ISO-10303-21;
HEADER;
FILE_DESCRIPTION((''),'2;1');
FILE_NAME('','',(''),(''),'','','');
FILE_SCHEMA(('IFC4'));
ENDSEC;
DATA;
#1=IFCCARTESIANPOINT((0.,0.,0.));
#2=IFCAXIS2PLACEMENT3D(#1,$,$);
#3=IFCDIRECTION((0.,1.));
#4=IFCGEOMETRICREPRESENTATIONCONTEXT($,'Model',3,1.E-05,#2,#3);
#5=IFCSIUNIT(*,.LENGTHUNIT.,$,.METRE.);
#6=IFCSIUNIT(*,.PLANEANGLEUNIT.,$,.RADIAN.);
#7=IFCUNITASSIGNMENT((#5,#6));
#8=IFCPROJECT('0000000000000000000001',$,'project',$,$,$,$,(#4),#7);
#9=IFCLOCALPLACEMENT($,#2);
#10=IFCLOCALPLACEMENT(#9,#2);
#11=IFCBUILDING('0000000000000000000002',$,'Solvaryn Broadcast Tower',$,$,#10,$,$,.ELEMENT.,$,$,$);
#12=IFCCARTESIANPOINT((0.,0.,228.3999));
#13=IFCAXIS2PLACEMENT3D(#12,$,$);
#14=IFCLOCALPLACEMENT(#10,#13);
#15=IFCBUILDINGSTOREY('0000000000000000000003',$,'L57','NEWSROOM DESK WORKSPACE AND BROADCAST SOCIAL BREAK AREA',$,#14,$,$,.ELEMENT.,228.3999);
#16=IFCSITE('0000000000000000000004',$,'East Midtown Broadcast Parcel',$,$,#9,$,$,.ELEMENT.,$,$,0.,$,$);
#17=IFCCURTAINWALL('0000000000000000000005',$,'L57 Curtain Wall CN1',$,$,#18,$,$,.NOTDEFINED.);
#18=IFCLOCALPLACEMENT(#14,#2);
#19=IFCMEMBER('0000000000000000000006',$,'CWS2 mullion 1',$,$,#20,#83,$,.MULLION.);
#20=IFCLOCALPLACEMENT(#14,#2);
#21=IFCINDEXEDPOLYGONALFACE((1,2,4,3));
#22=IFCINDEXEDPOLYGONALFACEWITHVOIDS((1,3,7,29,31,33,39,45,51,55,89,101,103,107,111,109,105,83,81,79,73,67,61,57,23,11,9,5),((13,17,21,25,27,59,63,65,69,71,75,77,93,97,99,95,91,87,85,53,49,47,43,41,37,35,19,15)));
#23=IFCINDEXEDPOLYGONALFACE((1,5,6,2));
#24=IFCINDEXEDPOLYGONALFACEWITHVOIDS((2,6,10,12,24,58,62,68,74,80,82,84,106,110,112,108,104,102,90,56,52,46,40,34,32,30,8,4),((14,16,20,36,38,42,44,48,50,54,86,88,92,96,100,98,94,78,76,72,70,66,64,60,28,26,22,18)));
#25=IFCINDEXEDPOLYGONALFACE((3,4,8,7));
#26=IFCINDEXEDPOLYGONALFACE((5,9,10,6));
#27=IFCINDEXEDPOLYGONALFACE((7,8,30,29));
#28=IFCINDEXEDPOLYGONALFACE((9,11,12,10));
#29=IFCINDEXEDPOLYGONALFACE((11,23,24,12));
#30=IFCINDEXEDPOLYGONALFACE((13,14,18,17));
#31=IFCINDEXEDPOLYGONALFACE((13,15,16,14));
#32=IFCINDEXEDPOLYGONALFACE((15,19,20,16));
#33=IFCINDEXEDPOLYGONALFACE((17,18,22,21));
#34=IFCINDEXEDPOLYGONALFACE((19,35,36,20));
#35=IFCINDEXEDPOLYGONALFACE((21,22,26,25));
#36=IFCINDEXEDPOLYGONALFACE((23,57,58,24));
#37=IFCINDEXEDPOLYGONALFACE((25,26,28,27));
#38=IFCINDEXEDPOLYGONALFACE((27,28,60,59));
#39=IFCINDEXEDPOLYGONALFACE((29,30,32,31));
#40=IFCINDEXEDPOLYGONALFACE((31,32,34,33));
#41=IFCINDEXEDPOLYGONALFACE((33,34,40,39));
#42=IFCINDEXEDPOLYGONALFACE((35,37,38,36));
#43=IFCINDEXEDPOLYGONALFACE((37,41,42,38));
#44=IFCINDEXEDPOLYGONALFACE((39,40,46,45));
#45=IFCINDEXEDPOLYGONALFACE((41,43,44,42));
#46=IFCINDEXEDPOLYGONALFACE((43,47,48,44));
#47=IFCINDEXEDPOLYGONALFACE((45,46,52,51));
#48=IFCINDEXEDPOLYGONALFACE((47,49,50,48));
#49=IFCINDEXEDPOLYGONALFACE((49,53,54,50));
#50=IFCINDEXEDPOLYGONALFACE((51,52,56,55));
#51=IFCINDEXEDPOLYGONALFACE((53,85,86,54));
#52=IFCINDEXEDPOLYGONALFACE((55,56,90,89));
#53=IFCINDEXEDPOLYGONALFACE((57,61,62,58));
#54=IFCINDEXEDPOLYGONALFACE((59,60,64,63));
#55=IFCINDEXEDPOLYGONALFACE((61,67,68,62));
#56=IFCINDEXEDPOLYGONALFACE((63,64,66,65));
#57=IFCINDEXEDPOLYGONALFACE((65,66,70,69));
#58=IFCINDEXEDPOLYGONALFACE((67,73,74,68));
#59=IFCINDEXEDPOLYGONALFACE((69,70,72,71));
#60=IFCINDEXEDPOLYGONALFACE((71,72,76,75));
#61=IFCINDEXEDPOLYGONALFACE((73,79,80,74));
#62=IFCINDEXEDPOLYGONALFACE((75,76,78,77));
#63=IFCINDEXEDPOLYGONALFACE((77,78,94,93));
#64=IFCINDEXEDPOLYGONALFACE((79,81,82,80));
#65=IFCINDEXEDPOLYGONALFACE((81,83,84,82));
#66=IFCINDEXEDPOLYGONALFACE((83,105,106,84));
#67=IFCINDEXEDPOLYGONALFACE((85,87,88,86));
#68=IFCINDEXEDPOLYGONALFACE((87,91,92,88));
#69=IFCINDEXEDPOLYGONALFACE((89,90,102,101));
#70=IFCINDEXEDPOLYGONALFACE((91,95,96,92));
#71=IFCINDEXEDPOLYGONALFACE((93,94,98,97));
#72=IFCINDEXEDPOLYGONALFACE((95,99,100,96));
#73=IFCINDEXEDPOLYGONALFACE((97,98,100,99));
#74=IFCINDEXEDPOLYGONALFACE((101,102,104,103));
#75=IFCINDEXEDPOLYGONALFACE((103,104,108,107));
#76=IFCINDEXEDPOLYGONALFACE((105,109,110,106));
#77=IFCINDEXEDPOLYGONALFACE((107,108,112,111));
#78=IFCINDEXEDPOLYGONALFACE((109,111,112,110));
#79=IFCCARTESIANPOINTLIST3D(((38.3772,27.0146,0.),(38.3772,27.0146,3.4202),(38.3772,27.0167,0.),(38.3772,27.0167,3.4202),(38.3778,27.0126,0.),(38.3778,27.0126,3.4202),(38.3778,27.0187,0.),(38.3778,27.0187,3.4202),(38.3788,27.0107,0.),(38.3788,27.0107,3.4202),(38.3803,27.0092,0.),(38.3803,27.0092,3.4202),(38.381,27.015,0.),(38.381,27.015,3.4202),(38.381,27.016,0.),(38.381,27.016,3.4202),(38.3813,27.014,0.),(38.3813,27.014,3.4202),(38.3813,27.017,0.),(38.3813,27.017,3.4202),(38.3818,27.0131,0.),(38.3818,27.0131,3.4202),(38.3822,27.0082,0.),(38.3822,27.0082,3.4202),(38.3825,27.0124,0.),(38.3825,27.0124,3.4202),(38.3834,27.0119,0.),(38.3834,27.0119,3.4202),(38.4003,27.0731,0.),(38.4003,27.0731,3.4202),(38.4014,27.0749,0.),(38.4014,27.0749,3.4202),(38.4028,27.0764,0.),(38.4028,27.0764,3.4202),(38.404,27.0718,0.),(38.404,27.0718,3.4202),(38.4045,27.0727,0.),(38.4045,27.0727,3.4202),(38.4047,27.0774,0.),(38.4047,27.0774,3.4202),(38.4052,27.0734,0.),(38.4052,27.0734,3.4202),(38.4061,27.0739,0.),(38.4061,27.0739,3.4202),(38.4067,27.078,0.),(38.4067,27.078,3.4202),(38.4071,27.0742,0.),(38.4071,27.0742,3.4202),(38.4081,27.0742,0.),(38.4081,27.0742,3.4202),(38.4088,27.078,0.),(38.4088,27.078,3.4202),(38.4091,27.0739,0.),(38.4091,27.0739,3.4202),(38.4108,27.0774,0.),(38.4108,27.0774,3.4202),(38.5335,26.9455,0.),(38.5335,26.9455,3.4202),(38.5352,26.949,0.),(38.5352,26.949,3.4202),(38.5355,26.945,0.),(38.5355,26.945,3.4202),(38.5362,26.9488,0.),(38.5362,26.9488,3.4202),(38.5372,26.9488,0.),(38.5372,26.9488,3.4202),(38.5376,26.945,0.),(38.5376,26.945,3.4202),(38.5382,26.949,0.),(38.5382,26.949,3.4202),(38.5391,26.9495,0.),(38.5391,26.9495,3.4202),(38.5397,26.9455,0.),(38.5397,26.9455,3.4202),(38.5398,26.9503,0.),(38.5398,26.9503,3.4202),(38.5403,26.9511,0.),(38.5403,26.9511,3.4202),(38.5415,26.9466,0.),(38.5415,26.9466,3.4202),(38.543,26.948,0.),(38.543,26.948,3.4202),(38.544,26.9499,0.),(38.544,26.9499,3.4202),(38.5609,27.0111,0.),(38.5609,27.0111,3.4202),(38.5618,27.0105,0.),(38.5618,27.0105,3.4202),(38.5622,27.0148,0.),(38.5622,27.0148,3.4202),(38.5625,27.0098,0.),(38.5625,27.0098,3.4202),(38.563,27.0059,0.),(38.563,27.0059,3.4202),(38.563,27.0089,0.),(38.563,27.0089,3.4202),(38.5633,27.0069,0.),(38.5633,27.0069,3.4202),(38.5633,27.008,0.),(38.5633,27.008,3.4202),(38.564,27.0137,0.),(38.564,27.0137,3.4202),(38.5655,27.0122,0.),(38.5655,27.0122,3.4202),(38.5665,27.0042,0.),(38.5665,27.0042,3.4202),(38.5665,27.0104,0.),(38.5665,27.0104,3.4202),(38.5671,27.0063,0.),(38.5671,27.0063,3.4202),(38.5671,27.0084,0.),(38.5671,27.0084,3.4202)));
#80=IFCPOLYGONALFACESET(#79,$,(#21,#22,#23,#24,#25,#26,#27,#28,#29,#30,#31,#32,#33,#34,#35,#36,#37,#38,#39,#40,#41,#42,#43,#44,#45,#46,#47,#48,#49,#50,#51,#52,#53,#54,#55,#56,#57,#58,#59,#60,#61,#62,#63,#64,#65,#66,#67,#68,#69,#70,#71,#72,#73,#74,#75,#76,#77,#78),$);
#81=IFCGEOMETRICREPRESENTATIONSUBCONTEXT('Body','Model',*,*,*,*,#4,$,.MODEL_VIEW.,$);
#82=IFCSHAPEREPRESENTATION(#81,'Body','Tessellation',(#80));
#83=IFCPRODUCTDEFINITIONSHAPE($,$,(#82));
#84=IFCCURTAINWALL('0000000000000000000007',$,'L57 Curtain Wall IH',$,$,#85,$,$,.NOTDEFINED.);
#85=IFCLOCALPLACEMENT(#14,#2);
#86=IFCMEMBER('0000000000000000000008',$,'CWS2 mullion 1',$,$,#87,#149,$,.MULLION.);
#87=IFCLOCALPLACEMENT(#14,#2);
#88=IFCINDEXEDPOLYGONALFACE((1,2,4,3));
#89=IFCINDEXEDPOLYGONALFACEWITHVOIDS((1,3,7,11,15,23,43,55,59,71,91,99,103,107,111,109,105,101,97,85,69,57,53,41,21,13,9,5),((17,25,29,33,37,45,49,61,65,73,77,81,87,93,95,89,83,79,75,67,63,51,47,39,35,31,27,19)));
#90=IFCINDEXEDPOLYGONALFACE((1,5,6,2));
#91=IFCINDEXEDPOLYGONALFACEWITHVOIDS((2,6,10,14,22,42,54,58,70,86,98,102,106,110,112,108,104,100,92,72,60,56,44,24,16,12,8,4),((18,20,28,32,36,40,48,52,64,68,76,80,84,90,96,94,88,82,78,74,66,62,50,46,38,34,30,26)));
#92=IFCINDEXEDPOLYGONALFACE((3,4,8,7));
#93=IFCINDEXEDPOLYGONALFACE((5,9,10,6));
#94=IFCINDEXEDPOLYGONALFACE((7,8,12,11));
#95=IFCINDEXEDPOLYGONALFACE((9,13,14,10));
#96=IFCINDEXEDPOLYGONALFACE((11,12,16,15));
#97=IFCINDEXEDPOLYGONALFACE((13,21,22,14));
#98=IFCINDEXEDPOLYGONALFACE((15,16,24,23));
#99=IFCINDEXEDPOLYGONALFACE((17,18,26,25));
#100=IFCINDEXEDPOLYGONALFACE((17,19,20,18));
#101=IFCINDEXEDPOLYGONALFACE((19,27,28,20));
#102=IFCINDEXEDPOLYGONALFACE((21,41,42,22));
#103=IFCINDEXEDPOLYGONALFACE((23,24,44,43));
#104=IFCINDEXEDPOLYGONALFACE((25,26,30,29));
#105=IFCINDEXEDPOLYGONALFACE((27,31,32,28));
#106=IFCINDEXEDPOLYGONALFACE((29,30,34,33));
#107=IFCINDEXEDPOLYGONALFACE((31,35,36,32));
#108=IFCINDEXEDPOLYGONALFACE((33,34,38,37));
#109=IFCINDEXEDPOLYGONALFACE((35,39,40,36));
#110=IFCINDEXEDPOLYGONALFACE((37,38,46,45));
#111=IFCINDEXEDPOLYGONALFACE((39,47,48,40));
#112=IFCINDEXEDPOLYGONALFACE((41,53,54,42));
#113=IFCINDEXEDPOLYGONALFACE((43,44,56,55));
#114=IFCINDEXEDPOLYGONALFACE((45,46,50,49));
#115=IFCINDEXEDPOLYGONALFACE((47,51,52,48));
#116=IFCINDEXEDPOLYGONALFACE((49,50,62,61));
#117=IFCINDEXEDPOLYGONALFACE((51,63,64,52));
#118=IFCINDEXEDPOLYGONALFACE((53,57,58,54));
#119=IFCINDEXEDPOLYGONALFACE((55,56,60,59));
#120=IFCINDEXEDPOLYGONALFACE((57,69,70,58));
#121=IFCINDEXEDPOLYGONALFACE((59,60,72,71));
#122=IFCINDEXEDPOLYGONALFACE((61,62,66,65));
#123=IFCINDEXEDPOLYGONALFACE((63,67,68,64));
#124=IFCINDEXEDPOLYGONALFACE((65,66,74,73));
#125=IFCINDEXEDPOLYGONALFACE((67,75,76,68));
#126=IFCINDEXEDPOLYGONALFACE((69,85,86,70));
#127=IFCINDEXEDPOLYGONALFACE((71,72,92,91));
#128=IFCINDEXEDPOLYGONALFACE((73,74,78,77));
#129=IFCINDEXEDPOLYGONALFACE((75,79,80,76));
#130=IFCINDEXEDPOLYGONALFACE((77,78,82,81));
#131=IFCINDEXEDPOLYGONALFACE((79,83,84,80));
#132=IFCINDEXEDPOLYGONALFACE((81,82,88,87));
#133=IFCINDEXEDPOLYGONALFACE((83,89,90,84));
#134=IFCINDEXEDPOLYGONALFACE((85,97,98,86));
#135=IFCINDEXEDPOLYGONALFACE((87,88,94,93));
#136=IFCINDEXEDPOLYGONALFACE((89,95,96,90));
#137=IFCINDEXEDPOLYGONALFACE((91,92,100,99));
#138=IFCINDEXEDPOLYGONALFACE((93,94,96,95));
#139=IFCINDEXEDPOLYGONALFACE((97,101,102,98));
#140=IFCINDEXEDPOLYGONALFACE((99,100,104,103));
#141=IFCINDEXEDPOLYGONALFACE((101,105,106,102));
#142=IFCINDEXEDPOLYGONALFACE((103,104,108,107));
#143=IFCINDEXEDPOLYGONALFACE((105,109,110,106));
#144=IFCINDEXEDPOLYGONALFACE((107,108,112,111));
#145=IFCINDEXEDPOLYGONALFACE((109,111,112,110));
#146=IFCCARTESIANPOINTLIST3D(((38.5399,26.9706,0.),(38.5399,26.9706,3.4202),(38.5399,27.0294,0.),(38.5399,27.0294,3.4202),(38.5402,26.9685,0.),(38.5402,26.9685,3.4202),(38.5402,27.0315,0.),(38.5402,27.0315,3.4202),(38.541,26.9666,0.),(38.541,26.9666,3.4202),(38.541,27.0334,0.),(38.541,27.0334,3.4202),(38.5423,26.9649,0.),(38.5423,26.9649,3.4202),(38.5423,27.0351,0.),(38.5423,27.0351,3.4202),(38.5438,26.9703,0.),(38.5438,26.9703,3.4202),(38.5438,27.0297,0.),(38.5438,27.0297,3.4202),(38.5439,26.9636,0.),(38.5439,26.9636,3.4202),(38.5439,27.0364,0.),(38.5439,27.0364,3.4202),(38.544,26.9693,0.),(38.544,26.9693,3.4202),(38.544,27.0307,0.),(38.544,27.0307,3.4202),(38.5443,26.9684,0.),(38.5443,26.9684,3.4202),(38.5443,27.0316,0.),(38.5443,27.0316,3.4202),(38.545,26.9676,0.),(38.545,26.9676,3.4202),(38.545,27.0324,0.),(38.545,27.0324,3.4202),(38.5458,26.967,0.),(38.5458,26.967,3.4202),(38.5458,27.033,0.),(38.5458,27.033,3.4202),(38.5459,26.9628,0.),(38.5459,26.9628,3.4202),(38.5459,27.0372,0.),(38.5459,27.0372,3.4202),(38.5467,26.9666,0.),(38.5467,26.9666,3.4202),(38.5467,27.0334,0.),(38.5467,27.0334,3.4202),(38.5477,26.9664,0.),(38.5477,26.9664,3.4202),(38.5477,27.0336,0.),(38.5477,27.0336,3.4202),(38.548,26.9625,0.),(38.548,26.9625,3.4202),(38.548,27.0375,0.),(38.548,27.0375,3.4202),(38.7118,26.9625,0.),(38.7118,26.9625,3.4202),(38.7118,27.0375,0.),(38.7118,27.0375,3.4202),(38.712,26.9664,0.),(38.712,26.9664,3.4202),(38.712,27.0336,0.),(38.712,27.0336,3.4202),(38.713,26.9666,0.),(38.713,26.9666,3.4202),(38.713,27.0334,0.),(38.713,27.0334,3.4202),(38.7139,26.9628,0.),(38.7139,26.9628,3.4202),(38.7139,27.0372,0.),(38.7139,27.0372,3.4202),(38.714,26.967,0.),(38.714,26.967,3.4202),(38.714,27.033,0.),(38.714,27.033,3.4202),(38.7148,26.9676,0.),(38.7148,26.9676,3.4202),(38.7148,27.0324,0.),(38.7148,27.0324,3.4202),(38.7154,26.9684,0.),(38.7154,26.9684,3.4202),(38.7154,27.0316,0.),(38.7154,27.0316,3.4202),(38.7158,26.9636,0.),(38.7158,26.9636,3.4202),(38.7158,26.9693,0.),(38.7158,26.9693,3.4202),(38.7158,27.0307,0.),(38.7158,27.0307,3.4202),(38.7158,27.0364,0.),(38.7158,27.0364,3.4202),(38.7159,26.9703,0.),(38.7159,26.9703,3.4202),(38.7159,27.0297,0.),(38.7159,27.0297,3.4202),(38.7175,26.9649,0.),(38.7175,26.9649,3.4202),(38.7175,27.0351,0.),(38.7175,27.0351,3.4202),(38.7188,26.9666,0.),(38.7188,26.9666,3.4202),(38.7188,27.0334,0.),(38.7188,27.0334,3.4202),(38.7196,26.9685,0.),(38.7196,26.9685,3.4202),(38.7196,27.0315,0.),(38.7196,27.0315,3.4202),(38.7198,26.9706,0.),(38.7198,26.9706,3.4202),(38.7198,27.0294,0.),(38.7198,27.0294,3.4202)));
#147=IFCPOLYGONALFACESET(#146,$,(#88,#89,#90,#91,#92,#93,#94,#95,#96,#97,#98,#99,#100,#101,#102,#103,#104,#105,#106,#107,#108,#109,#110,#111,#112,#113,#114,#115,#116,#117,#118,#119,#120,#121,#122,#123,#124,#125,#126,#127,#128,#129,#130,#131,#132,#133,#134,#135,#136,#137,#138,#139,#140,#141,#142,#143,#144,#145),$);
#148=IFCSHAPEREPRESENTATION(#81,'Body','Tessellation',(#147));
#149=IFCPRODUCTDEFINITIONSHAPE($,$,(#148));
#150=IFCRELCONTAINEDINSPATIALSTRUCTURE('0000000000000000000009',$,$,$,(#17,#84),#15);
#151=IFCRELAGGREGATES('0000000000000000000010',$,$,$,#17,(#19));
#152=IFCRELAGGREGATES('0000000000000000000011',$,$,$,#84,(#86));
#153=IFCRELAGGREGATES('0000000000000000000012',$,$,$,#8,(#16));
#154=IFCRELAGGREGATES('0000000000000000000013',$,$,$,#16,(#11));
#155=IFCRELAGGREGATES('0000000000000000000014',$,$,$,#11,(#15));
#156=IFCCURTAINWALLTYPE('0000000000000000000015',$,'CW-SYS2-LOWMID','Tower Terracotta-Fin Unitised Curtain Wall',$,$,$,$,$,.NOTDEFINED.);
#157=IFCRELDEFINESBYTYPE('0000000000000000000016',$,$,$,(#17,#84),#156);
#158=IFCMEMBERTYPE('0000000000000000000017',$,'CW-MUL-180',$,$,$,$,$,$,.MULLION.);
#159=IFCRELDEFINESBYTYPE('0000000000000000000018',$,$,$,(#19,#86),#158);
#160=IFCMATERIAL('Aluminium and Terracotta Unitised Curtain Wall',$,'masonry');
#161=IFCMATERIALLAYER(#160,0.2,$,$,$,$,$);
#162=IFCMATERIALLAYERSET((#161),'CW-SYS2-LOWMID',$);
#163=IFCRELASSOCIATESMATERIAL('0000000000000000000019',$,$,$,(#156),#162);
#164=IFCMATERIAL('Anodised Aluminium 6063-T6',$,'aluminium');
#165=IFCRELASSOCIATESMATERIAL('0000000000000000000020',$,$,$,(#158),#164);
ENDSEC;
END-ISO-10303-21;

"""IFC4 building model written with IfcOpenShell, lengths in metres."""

from ifc_helpers import new_model, si_unit, direction, frame, origin, origin_2d, place, context, subcontext, project, spatial, hollow_rectangle, extrude, material, layer, layer_set, material_profile, profile_set, type_object, element, aggregate, save


model = new_model("IFC4")

# Units and contexts
model_context = context("Model", 3, precision=1e-05, world=origin(), true_north=direction((0.0, 1.0)))
body_context = subcontext(model_context, "Body", "Model", "MODEL_VIEW")
ifc_project = project(units=[si_unit("LENGTHUNIT", "METRE"), si_unit("PLANEANGLEUNIT", "RADIAN")], contexts=[model_context])

# Site, building, storey
site_placement = place(None, origin())
site = spatial("IfcSite", under=ifc_project, at=site_placement, Name="East Midtown Broadcast Parcel", CompositionType="ELEMENT", RefElevation=0.0)
building_placement = place(site_placement, origin())
building = spatial("IfcBuilding", under=site, at=building_placement, Name="Solvaryn Broadcast Tower", CompositionType="ELEMENT")
storey_placement = place(building_placement, frame((0.0, 0.0, 228.3999)))
storey = spatial("IfcBuildingStorey", under=building, at=storey_placement, Name="L57", Description="NEWSROOM DESK WORKSPACE AND BROADCAST SOCIAL BREAK AREA", CompositionType="ELEMENT", Elevation=228.3999)

# Curtain walls, members
ifc_material_1 = material(Name="Aluminium and Terracotta Unitised Curtain Wall", Category="masonry")
ifc_layer_1 = layer(ifc_material_1, 0.2)
ifc_layer_set_1 = layer_set([ifc_layer_1], Name="CW-SYS2-LOWMID")
curtain_wall_type = type_object("IfcCurtainWallType", Name="CW-SYS2-LOWMID", Description="Tower Terracotta-Fin Unitised Curtain Wall", PredefinedType="NOTDEFINED", material=ifc_layer_set_1)
curtain_wall_1_placement = place(storey_placement, origin())
curtain_wall_1 = element("IfcCurtainWall", 1, at=curtain_wall_1_placement, inside=storey, type_object=curtain_wall_type, Name="L57 Curtain Wall CN1", PredefinedType="NOTDEFINED")
ifc_material_2 = material(Name="Anodised Aluminium 6063-T6", Category="aluminium")
ifc_material_profile_1 = material_profile(ifc_material_2, hollow_rectangle(XDim=0.075, YDim=0.1799, WallThickness=0.0039, InnerFilletRadius=0.0039, OuterFilletRadius=0.0081, at=origin_2d()))
ifc_profile_set_1 = profile_set([ifc_material_profile_1], Name="Anodised Aluminium 6063-T6")
member_type_1 = type_object("IfcMemberType", Name="CW-MUL-180", PredefinedType="MULLION", material=ifc_profile_set_1)
member_1_placement = place(storey_placement, frame((38.4722, 27.0115, 0.0), z_axis=(0.0, 0.0, 1.0), x_axis=(-0.382646, -0.923895, 0.0)))
member_1 = element("IfcMember", 2, at=member_1_placement, type_object=member_type_1, Name="CWS2 mullion 1", PredefinedType="MULLION", context=body_context, shape_type="SweptSolid", body=[
    extrude(hollow_rectangle(XDim=0.075, YDim=0.1799, WallThickness=0.0039, InnerFilletRadius=0.0039, OuterFilletRadius=0.0081, at=origin_2d()), origin(), (0.0, 0.0, 1.0), 3.4202),
])
curtain_wall_2_placement = place(storey_placement, origin())
curtain_wall_2 = element("IfcCurtainWall", 3, at=curtain_wall_2_placement, inside=storey, type_object=curtain_wall_type, Name="L57 Curtain Wall IH", PredefinedType="NOTDEFINED")
member_2_placement = place(storey_placement, frame((38.6299, 27.0, 0.0), z_axis=(0.0, 0.0, 1.0), x_axis=(0.0, 1.0, 0.0)))
member_2 = element("IfcMember", 4, at=member_2_placement, type_object=member_type_1, Name="CWS2 mullion 1", PredefinedType="MULLION", context=body_context, shape_type="SweptSolid", body=[
    extrude(hollow_rectangle(XDim=0.075, YDim=0.1799, WallThickness=0.0039, InnerFilletRadius=0.0039, OuterFilletRadius=0.0081, at=origin_2d()), origin(), (0.0, 0.0, 1.0), 3.4202),
])

aggregate(curtain_wall_1, [member_1])
aggregate(curtain_wall_2, [member_2])

save(model, "model.ifc")
